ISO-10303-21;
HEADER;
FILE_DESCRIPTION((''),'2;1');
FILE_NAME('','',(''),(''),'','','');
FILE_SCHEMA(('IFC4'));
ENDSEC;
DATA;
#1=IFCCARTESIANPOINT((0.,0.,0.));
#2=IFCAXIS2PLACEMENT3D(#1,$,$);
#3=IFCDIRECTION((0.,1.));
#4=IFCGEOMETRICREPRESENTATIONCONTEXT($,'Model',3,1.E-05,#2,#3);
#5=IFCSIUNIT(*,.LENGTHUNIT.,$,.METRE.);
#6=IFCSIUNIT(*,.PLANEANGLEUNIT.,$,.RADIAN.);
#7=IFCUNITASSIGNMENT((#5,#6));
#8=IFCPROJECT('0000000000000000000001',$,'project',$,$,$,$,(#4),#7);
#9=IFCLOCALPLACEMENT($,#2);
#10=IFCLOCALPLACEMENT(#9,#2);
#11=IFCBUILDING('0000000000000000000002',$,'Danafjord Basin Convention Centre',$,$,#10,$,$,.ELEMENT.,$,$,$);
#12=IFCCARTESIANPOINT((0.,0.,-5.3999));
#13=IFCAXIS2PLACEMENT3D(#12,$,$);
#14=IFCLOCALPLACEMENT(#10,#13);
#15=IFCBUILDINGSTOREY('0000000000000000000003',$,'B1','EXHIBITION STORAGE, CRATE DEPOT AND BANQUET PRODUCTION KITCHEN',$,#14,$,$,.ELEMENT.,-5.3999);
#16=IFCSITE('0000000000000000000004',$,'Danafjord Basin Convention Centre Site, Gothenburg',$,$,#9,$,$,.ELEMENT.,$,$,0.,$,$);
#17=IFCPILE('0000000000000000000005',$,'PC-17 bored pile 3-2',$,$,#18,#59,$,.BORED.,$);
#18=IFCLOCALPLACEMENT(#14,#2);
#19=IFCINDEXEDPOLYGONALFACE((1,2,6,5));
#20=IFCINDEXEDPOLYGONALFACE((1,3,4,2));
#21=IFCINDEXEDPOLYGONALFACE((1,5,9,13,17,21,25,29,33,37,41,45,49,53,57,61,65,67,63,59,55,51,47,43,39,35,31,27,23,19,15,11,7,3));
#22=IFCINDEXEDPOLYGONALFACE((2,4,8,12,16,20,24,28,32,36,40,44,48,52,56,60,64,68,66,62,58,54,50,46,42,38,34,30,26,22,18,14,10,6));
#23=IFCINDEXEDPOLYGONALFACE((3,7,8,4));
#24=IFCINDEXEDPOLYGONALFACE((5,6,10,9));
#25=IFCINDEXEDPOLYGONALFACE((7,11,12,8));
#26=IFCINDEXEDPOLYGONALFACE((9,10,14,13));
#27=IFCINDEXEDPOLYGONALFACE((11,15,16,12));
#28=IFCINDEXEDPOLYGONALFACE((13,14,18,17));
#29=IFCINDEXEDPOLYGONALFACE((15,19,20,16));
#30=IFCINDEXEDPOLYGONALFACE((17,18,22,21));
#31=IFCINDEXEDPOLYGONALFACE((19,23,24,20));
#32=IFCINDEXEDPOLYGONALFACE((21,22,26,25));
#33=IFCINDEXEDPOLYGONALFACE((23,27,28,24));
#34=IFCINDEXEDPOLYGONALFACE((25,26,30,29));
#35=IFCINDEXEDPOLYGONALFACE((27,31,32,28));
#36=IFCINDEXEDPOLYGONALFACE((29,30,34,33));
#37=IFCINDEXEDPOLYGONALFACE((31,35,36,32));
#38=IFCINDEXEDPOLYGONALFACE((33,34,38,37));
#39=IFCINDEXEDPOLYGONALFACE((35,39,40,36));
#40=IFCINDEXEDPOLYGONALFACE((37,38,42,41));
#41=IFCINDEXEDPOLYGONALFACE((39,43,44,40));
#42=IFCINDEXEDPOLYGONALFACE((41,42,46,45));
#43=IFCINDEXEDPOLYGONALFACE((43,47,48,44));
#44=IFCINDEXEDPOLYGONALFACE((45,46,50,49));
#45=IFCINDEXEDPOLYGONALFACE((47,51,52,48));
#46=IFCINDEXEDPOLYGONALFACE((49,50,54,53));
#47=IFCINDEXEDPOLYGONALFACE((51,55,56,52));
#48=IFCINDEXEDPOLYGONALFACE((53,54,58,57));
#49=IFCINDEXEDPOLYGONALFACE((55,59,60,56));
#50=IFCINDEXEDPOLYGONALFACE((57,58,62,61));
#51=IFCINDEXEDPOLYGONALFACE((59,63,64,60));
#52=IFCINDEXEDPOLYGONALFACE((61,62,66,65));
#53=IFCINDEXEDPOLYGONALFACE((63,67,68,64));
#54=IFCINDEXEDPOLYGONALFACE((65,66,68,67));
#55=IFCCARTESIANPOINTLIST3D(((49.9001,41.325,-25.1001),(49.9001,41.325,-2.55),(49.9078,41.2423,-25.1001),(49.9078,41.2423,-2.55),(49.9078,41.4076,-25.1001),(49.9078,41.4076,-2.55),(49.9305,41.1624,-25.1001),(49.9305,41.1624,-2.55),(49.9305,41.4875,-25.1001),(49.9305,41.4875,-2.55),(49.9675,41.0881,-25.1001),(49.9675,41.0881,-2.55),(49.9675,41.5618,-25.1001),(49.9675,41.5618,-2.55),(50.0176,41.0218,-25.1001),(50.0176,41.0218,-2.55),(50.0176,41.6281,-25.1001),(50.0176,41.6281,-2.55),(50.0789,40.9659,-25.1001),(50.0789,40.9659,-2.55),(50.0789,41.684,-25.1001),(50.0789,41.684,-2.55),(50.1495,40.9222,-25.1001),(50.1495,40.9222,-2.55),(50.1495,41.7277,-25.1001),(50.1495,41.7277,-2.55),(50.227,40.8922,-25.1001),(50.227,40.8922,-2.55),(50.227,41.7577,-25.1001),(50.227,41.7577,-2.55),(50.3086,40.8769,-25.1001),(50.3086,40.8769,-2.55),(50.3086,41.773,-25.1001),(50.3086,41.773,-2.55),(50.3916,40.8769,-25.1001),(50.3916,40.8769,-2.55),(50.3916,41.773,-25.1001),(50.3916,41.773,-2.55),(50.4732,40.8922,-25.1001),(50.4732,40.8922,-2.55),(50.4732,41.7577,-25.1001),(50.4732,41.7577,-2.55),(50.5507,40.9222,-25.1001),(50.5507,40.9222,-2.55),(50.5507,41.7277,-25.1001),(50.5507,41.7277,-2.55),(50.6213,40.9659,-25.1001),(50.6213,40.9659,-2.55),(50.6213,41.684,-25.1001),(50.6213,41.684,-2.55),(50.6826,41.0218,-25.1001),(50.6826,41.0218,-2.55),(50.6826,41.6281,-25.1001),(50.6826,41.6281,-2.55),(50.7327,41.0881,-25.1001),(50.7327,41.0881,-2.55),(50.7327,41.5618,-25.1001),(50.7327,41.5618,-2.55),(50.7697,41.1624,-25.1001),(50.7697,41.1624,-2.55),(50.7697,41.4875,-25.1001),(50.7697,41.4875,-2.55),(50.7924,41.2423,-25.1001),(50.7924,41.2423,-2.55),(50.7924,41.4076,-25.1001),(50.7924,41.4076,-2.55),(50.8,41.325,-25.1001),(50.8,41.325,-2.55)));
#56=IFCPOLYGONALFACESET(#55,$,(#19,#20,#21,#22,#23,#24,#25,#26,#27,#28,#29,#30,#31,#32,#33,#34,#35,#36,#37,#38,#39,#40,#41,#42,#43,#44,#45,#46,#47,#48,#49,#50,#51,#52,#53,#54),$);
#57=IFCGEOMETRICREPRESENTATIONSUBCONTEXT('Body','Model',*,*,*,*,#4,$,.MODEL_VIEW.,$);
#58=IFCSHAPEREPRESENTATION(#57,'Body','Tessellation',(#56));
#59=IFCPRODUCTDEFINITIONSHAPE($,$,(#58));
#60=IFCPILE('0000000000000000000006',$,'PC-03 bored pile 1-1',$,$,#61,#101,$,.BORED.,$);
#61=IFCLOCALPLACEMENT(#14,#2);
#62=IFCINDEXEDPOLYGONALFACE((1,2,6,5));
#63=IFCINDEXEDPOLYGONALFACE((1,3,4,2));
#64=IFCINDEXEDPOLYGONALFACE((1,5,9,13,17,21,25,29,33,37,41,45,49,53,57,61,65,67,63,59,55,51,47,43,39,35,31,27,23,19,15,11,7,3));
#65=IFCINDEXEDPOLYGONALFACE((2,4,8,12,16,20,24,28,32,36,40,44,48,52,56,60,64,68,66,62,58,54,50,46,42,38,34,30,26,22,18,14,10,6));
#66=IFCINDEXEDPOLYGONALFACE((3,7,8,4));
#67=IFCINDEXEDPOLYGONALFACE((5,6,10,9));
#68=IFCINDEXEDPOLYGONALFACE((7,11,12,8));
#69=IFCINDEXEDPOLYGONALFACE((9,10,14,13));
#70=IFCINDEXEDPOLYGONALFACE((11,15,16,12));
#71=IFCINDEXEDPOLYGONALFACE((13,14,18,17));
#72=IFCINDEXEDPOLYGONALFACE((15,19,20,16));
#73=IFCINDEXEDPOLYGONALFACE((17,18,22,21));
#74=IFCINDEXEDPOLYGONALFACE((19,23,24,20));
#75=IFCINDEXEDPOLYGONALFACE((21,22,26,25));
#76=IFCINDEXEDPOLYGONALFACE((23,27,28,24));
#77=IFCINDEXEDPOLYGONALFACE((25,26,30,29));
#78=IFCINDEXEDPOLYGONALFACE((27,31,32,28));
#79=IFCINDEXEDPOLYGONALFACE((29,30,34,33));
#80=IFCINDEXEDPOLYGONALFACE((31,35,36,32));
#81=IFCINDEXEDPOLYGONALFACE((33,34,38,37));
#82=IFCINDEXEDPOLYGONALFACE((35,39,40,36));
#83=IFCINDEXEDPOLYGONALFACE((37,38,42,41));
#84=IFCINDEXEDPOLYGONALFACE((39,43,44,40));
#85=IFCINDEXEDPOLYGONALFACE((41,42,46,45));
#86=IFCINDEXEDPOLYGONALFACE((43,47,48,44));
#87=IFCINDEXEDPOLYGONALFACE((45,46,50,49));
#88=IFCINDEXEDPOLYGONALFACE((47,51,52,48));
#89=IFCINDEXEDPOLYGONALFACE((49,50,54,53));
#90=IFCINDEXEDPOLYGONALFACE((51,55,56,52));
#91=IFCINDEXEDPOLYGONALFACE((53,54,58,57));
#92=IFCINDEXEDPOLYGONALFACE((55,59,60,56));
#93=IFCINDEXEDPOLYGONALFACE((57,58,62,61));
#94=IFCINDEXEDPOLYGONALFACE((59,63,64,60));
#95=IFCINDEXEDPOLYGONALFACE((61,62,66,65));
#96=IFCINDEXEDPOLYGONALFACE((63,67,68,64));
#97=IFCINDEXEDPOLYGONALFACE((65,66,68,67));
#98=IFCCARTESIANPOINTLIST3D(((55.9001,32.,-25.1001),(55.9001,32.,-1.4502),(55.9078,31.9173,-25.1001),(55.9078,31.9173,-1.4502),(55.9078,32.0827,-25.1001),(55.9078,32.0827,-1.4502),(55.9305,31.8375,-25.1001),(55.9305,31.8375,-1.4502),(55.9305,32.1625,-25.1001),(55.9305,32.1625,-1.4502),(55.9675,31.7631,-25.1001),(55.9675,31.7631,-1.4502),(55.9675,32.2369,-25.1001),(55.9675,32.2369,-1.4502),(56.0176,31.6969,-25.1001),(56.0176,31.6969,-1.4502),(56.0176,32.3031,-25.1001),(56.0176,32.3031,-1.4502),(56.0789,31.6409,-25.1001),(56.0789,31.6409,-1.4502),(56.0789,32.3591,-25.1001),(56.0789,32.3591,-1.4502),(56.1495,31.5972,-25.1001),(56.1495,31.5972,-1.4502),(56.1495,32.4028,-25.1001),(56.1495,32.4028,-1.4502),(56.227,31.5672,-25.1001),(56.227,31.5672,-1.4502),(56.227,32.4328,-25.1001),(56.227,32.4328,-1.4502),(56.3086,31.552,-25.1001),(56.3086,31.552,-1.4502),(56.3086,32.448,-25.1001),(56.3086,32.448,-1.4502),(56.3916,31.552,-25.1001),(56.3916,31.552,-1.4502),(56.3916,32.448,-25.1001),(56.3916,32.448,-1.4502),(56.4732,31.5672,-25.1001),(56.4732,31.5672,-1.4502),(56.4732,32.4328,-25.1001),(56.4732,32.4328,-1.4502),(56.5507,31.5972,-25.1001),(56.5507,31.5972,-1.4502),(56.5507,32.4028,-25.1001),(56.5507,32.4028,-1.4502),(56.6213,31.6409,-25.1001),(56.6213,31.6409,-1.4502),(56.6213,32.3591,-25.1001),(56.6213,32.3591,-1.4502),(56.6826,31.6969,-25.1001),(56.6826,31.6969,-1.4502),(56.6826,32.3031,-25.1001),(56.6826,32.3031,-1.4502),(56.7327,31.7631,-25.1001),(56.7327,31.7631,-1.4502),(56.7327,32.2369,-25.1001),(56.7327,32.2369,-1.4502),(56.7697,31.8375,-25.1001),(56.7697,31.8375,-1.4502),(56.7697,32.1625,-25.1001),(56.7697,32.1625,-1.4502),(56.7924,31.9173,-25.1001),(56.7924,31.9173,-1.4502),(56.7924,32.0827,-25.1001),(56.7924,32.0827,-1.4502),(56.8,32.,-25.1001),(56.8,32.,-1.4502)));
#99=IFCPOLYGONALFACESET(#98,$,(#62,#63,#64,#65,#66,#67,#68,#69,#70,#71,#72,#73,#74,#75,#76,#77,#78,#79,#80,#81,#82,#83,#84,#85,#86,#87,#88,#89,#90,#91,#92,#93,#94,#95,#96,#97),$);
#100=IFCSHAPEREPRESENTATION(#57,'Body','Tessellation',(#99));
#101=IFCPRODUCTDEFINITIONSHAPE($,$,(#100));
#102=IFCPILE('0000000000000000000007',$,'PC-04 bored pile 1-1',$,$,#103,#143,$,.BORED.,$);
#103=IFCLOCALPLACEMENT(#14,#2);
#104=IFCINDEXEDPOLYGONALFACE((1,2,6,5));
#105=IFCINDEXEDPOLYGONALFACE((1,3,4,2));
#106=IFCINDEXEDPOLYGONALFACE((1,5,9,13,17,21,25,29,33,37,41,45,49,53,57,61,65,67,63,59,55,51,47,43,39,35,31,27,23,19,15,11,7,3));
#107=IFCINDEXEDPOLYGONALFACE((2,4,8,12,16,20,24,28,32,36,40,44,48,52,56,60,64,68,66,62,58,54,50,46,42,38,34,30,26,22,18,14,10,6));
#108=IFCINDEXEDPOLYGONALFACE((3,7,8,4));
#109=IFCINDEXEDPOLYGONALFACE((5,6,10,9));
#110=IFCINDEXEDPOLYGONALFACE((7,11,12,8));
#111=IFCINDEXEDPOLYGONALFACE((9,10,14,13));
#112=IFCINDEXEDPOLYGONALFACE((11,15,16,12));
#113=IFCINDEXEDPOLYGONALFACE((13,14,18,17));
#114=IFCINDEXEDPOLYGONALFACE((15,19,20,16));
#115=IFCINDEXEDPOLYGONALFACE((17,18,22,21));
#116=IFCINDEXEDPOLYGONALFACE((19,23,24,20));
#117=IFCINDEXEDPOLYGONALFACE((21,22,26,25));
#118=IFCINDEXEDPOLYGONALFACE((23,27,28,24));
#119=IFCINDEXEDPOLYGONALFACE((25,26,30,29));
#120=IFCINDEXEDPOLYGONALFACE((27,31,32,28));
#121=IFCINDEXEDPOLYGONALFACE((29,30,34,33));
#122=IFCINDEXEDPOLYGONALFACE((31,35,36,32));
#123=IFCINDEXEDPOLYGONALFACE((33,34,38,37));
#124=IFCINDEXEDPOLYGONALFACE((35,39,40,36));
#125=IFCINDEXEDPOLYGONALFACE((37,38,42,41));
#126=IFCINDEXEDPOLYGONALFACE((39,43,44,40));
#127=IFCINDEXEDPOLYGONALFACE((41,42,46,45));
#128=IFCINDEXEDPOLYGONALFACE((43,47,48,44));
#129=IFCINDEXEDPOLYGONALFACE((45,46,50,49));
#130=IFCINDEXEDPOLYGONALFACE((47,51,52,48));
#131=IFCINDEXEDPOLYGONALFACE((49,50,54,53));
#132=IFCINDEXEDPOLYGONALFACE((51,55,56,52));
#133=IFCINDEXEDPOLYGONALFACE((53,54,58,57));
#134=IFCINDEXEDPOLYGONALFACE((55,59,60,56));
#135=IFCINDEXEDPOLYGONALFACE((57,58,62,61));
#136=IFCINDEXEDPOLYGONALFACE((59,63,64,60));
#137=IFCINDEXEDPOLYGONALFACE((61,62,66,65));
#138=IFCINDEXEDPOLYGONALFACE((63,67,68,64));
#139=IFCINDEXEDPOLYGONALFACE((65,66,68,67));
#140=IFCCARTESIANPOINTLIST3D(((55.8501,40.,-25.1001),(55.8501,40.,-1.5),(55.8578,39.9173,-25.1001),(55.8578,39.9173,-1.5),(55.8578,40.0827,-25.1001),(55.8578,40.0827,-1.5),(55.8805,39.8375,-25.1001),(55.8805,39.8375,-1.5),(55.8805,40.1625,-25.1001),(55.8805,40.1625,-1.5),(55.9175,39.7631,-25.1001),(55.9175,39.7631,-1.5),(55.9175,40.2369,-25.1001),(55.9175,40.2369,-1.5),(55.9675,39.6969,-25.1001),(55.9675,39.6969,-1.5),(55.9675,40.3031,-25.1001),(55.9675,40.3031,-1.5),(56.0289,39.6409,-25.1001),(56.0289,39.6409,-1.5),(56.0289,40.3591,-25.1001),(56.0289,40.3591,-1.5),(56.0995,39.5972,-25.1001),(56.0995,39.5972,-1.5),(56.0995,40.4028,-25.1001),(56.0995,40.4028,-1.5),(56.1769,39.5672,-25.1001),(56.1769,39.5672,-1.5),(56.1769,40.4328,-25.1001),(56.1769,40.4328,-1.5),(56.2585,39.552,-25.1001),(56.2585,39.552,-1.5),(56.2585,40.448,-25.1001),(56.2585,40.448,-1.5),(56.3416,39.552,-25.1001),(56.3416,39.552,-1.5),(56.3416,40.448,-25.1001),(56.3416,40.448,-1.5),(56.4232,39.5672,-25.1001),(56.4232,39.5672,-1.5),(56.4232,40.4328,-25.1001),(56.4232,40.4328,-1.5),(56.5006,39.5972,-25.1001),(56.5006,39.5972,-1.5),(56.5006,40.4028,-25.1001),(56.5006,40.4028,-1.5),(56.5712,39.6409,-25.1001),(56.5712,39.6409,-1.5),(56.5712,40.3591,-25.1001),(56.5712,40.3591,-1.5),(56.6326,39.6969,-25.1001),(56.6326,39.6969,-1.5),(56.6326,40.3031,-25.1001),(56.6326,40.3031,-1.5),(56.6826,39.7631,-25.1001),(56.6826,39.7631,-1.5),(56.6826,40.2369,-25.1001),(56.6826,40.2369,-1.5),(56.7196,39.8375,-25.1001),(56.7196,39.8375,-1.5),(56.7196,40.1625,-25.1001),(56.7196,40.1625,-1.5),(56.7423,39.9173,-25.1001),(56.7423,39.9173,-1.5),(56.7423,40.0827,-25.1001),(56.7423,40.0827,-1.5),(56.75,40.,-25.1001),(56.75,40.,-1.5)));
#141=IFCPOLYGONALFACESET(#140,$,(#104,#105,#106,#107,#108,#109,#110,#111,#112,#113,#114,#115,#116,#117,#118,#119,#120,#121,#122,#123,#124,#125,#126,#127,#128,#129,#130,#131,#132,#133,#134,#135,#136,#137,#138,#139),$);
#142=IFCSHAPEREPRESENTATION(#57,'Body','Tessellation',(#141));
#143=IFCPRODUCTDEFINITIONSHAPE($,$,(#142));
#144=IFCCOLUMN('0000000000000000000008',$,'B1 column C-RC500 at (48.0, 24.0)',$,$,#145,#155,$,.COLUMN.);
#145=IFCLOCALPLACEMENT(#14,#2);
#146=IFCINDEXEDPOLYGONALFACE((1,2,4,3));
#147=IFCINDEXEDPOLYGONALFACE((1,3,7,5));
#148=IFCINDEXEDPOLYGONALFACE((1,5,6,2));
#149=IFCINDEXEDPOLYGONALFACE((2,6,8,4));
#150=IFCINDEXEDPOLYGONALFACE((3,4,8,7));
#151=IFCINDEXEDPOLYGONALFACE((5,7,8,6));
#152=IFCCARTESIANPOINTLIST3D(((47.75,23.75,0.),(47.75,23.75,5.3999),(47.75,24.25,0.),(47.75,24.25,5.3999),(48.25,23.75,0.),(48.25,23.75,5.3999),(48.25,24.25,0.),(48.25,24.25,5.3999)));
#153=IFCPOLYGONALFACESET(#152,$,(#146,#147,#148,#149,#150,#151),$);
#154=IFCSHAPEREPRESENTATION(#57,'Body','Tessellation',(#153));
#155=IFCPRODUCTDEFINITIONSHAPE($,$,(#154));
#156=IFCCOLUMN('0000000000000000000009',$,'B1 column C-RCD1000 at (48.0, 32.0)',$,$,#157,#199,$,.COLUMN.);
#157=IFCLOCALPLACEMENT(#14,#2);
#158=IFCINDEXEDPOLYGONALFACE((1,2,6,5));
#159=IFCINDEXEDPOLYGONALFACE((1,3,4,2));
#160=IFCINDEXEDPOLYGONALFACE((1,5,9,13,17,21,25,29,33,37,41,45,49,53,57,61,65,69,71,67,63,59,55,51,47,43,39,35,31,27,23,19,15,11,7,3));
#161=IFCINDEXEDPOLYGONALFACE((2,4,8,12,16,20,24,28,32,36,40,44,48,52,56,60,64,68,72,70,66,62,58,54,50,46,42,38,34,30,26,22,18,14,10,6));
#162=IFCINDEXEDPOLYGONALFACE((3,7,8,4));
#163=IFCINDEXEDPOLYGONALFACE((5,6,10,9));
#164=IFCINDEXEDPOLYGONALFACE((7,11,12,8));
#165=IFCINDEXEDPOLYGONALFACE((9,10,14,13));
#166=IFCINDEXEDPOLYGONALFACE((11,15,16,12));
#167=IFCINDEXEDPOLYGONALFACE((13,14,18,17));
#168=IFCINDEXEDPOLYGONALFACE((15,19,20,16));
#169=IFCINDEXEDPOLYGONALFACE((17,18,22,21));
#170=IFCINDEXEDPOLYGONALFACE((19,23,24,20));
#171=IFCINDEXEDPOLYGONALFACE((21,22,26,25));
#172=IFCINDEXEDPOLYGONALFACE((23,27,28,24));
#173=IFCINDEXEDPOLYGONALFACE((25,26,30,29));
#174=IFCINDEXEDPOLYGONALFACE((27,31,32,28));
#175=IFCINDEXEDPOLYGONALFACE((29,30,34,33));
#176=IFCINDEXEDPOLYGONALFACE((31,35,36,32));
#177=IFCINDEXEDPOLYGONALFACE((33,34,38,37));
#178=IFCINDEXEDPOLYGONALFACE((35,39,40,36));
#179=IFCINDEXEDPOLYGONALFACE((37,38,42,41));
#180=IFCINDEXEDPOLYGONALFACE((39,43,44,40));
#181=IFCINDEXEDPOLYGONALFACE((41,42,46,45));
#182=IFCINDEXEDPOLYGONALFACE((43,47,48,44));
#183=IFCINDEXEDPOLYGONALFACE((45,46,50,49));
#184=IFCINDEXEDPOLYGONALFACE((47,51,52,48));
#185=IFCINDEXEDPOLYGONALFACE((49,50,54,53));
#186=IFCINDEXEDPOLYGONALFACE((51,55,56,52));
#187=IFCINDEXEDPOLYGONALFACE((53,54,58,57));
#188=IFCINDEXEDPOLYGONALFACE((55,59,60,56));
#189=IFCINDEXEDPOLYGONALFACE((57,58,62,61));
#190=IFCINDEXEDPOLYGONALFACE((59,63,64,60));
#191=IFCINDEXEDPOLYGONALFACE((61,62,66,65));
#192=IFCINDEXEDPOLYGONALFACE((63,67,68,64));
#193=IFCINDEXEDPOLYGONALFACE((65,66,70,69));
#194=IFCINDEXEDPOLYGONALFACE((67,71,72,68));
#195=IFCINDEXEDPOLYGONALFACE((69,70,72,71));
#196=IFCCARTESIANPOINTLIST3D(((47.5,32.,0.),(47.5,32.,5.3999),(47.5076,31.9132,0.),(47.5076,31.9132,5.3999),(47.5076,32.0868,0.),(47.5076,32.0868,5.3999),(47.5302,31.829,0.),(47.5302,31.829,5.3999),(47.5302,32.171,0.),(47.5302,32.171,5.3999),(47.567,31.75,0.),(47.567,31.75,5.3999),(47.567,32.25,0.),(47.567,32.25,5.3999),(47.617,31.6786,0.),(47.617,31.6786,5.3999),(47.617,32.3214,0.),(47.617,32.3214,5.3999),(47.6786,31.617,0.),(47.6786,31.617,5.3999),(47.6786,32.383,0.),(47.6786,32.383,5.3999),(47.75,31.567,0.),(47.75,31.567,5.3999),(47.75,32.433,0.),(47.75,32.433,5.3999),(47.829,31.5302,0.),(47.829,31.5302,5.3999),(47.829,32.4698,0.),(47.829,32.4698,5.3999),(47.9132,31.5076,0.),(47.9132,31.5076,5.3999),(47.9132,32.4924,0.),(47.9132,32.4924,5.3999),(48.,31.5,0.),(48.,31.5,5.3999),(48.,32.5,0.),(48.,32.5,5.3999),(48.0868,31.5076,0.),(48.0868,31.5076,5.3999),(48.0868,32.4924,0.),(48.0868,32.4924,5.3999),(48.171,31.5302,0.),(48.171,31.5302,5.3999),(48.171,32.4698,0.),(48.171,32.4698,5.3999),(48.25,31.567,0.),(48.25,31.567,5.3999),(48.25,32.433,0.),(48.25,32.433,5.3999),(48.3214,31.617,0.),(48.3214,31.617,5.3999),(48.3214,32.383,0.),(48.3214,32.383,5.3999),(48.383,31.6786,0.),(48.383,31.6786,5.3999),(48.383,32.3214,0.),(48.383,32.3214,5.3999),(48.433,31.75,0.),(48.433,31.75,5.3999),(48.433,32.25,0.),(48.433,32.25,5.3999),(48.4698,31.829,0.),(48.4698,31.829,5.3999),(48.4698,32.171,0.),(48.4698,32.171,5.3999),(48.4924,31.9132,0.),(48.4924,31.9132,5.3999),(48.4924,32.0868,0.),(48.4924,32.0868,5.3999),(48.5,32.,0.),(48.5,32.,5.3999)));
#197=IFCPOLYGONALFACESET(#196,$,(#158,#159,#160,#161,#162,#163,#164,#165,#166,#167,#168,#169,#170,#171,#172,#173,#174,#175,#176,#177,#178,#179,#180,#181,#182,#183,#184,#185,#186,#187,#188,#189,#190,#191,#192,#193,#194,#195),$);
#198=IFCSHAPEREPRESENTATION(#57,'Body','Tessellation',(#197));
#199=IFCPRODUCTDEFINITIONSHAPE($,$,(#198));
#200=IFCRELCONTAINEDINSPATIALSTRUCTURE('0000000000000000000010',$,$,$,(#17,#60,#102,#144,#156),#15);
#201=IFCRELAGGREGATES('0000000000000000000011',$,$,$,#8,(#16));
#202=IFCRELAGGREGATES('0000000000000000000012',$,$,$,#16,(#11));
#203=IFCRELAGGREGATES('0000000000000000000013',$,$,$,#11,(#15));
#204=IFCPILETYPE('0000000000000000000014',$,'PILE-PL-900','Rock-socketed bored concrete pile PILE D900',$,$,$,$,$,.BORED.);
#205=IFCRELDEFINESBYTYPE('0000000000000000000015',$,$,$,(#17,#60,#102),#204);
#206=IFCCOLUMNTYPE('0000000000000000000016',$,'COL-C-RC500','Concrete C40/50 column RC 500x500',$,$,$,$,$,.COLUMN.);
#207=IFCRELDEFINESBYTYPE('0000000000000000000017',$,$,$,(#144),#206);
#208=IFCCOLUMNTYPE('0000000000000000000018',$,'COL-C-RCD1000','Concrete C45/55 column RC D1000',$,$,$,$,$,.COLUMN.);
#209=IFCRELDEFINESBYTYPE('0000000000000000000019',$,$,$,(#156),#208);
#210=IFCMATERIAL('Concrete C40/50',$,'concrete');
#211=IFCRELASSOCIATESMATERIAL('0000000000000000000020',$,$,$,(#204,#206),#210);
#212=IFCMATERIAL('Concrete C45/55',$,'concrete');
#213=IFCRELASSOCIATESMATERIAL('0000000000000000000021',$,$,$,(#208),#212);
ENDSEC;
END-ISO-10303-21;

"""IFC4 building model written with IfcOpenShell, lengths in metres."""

from ifc_helpers import new_model, si_unit, direction, frame, origin, origin_2d, place, context, subcontext, project, spatial, rectangle, circle, extrude, material, material_profile, profile_set, type_object, element, save


model = new_model("IFC4")

# Units and contexts
model_context = context("Model", 3, precision=1e-05, world=origin(), true_north=direction((0.0, 1.0)))
body_context = subcontext(model_context, "Body", "Model", "MODEL_VIEW")
ifc_project = project(units=[si_unit("LENGTHUNIT", "METRE"), si_unit("PLANEANGLEUNIT", "RADIAN")], contexts=[model_context])

# Site, building, storey
site_placement = place(None, origin())
site = spatial("IfcSite", under=ifc_project, at=site_placement, Name="Danafjord Basin Convention Centre Site, Gothenburg", CompositionType="ELEMENT", RefElevation=0.0)
building_placement = place(site_placement, origin())
building = spatial("IfcBuilding", under=site, at=building_placement, Name="Danafjord Basin Convention Centre", CompositionType="ELEMENT")
storey_placement = place(building_placement, frame((0.0, 0.0, -5.3999)))
storey = spatial("IfcBuildingStorey", under=building, at=storey_placement, Name="B1", Description="EXHIBITION STORAGE, CRATE DEPOT AND BANQUET PRODUCTION KITCHEN", CompositionType="ELEMENT", Elevation=-5.3999)

# Shared definitions
ifc_material_1 = material(Name="Concrete C40/50", Category="concrete")

# Piles
ifc_material_profile_1 = material_profile(ifc_material_1, circle(Radius=0.45, at=origin_2d()), Name="PILE D900")
ifc_profile_set_1 = profile_set([ifc_material_profile_1], Name="Concrete C40/50")
pile_type_1 = type_object("IfcPileType", Name="PILE-PL-900", Description="Rock-socketed bored concrete pile PILE D900", PredefinedType="BORED", material=ifc_profile_set_1)
for number, where, z_axis, x_axis, name in (
    (1, (50.3501, 41.325, -2.55), (0.0, 0.0, -1.0), (1.0, 0.0, 0.0), "PC-17 bored pile 3-2"),
):
    element("IfcPile", number, at=place(storey_placement, frame(where, z_axis=z_axis, x_axis=x_axis)), inside=storey, type_object=pile_type_1, Name=name, PredefinedType="BORED", context=body_context, shape_type="SweptSolid", body=[
        extrude(circle(Radius=0.45, at=origin_2d()), origin(), (0.0, 0.0, 1.0), 22.55),
    ])
pile_1_placement = place(storey_placement, frame((56.3501, 32.0, -1.4502), z_axis=(0.0, 0.0, -1.0), x_axis=(1.0, 0.0, 0.0)))
element("IfcPile", 2, at=pile_1_placement, inside=storey, type_object=pile_type_1, Name="PC-03 bored pile 1-1", PredefinedType="BORED", context=body_context, shape_type="SweptSolid", body=[
    extrude(circle(Radius=0.45, at=origin_2d()), origin(), (0.0, 0.0, 1.0), 23.6499),
])
pile_2_placement = place(storey_placement, frame((56.3, 40.0, -1.5), z_axis=(0.0, 0.0, -1.0), x_axis=(1.0, 0.0, 0.0)))
element("IfcPile", 3, at=pile_2_placement, inside=storey, type_object=pile_type_1, Name="PC-04 bored pile 1-1", PredefinedType="BORED", context=body_context, shape_type="SweptSolid", body=[
    extrude(circle(Radius=0.45, at=origin_2d()), origin(), (0.0, 0.0, 1.0), 23.6001),
])

# Columns
ifc_material_profile_2 = material_profile(ifc_material_1, rectangle(XDim=0.5, YDim=0.5, at=origin_2d()), Name="RC 500x500")
ifc_profile_set_2 = profile_set([ifc_material_profile_2], Name="Concrete C40/50")
column_type_1 = type_object("IfcColumnType", Name="COL-C-RC500", Description="Concrete C40/50 column RC 500x500", PredefinedType="COLUMN", material=ifc_profile_set_2)
column_1_placement = place(storey_placement, frame((48.0, 24.0, 0.0), z_axis=(0.0, 0.0, 1.0), x_axis=(1.0, 0.0, 0.0)))
element("IfcColumn", 4, at=column_1_placement, inside=storey, type_object=column_type_1, Name="B1 column C-RC500 at (48.0, 24.0)", PredefinedType="COLUMN", context=body_context, shape_type="SweptSolid", body=[
    extrude(rectangle(XDim=0.5, YDim=0.5, at=origin_2d()), origin(), (0.0, 0.0, 1.0), 5.3999),
])
ifc_material_2 = material(Name="Concrete C45/55", Category="concrete")
ifc_material_profile_3 = material_profile(ifc_material_2, circle(Radius=0.5, at=origin_2d()), Name="RC D1000")
ifc_profile_set_3 = profile_set([ifc_material_profile_3], Name="Concrete C45/55")
column_type_2 = type_object("IfcColumnType", Name="COL-C-RCD1000", Description="Concrete C45/55 column RC D1000", PredefinedType="COLUMN", material=ifc_profile_set_3)
column_2_placement = place(storey_placement, frame((48.0, 32.0, 0.0), z_axis=(0.0, 0.0, 1.0), x_axis=(1.0, 0.0, 0.0)))
element("IfcColumn", 5, at=column_2_placement, inside=storey, type_object=column_type_2, Name="B1 column C-RCD1000 at (48.0, 32.0)", PredefinedType="COLUMN", context=body_context, shape_type="SweptSolid", body=[
    extrude(circle(Radius=0.5, at=origin_2d()), origin(), (0.0, 0.0, 1.0), 5.3999),
])

save(model, "model.ifc")
